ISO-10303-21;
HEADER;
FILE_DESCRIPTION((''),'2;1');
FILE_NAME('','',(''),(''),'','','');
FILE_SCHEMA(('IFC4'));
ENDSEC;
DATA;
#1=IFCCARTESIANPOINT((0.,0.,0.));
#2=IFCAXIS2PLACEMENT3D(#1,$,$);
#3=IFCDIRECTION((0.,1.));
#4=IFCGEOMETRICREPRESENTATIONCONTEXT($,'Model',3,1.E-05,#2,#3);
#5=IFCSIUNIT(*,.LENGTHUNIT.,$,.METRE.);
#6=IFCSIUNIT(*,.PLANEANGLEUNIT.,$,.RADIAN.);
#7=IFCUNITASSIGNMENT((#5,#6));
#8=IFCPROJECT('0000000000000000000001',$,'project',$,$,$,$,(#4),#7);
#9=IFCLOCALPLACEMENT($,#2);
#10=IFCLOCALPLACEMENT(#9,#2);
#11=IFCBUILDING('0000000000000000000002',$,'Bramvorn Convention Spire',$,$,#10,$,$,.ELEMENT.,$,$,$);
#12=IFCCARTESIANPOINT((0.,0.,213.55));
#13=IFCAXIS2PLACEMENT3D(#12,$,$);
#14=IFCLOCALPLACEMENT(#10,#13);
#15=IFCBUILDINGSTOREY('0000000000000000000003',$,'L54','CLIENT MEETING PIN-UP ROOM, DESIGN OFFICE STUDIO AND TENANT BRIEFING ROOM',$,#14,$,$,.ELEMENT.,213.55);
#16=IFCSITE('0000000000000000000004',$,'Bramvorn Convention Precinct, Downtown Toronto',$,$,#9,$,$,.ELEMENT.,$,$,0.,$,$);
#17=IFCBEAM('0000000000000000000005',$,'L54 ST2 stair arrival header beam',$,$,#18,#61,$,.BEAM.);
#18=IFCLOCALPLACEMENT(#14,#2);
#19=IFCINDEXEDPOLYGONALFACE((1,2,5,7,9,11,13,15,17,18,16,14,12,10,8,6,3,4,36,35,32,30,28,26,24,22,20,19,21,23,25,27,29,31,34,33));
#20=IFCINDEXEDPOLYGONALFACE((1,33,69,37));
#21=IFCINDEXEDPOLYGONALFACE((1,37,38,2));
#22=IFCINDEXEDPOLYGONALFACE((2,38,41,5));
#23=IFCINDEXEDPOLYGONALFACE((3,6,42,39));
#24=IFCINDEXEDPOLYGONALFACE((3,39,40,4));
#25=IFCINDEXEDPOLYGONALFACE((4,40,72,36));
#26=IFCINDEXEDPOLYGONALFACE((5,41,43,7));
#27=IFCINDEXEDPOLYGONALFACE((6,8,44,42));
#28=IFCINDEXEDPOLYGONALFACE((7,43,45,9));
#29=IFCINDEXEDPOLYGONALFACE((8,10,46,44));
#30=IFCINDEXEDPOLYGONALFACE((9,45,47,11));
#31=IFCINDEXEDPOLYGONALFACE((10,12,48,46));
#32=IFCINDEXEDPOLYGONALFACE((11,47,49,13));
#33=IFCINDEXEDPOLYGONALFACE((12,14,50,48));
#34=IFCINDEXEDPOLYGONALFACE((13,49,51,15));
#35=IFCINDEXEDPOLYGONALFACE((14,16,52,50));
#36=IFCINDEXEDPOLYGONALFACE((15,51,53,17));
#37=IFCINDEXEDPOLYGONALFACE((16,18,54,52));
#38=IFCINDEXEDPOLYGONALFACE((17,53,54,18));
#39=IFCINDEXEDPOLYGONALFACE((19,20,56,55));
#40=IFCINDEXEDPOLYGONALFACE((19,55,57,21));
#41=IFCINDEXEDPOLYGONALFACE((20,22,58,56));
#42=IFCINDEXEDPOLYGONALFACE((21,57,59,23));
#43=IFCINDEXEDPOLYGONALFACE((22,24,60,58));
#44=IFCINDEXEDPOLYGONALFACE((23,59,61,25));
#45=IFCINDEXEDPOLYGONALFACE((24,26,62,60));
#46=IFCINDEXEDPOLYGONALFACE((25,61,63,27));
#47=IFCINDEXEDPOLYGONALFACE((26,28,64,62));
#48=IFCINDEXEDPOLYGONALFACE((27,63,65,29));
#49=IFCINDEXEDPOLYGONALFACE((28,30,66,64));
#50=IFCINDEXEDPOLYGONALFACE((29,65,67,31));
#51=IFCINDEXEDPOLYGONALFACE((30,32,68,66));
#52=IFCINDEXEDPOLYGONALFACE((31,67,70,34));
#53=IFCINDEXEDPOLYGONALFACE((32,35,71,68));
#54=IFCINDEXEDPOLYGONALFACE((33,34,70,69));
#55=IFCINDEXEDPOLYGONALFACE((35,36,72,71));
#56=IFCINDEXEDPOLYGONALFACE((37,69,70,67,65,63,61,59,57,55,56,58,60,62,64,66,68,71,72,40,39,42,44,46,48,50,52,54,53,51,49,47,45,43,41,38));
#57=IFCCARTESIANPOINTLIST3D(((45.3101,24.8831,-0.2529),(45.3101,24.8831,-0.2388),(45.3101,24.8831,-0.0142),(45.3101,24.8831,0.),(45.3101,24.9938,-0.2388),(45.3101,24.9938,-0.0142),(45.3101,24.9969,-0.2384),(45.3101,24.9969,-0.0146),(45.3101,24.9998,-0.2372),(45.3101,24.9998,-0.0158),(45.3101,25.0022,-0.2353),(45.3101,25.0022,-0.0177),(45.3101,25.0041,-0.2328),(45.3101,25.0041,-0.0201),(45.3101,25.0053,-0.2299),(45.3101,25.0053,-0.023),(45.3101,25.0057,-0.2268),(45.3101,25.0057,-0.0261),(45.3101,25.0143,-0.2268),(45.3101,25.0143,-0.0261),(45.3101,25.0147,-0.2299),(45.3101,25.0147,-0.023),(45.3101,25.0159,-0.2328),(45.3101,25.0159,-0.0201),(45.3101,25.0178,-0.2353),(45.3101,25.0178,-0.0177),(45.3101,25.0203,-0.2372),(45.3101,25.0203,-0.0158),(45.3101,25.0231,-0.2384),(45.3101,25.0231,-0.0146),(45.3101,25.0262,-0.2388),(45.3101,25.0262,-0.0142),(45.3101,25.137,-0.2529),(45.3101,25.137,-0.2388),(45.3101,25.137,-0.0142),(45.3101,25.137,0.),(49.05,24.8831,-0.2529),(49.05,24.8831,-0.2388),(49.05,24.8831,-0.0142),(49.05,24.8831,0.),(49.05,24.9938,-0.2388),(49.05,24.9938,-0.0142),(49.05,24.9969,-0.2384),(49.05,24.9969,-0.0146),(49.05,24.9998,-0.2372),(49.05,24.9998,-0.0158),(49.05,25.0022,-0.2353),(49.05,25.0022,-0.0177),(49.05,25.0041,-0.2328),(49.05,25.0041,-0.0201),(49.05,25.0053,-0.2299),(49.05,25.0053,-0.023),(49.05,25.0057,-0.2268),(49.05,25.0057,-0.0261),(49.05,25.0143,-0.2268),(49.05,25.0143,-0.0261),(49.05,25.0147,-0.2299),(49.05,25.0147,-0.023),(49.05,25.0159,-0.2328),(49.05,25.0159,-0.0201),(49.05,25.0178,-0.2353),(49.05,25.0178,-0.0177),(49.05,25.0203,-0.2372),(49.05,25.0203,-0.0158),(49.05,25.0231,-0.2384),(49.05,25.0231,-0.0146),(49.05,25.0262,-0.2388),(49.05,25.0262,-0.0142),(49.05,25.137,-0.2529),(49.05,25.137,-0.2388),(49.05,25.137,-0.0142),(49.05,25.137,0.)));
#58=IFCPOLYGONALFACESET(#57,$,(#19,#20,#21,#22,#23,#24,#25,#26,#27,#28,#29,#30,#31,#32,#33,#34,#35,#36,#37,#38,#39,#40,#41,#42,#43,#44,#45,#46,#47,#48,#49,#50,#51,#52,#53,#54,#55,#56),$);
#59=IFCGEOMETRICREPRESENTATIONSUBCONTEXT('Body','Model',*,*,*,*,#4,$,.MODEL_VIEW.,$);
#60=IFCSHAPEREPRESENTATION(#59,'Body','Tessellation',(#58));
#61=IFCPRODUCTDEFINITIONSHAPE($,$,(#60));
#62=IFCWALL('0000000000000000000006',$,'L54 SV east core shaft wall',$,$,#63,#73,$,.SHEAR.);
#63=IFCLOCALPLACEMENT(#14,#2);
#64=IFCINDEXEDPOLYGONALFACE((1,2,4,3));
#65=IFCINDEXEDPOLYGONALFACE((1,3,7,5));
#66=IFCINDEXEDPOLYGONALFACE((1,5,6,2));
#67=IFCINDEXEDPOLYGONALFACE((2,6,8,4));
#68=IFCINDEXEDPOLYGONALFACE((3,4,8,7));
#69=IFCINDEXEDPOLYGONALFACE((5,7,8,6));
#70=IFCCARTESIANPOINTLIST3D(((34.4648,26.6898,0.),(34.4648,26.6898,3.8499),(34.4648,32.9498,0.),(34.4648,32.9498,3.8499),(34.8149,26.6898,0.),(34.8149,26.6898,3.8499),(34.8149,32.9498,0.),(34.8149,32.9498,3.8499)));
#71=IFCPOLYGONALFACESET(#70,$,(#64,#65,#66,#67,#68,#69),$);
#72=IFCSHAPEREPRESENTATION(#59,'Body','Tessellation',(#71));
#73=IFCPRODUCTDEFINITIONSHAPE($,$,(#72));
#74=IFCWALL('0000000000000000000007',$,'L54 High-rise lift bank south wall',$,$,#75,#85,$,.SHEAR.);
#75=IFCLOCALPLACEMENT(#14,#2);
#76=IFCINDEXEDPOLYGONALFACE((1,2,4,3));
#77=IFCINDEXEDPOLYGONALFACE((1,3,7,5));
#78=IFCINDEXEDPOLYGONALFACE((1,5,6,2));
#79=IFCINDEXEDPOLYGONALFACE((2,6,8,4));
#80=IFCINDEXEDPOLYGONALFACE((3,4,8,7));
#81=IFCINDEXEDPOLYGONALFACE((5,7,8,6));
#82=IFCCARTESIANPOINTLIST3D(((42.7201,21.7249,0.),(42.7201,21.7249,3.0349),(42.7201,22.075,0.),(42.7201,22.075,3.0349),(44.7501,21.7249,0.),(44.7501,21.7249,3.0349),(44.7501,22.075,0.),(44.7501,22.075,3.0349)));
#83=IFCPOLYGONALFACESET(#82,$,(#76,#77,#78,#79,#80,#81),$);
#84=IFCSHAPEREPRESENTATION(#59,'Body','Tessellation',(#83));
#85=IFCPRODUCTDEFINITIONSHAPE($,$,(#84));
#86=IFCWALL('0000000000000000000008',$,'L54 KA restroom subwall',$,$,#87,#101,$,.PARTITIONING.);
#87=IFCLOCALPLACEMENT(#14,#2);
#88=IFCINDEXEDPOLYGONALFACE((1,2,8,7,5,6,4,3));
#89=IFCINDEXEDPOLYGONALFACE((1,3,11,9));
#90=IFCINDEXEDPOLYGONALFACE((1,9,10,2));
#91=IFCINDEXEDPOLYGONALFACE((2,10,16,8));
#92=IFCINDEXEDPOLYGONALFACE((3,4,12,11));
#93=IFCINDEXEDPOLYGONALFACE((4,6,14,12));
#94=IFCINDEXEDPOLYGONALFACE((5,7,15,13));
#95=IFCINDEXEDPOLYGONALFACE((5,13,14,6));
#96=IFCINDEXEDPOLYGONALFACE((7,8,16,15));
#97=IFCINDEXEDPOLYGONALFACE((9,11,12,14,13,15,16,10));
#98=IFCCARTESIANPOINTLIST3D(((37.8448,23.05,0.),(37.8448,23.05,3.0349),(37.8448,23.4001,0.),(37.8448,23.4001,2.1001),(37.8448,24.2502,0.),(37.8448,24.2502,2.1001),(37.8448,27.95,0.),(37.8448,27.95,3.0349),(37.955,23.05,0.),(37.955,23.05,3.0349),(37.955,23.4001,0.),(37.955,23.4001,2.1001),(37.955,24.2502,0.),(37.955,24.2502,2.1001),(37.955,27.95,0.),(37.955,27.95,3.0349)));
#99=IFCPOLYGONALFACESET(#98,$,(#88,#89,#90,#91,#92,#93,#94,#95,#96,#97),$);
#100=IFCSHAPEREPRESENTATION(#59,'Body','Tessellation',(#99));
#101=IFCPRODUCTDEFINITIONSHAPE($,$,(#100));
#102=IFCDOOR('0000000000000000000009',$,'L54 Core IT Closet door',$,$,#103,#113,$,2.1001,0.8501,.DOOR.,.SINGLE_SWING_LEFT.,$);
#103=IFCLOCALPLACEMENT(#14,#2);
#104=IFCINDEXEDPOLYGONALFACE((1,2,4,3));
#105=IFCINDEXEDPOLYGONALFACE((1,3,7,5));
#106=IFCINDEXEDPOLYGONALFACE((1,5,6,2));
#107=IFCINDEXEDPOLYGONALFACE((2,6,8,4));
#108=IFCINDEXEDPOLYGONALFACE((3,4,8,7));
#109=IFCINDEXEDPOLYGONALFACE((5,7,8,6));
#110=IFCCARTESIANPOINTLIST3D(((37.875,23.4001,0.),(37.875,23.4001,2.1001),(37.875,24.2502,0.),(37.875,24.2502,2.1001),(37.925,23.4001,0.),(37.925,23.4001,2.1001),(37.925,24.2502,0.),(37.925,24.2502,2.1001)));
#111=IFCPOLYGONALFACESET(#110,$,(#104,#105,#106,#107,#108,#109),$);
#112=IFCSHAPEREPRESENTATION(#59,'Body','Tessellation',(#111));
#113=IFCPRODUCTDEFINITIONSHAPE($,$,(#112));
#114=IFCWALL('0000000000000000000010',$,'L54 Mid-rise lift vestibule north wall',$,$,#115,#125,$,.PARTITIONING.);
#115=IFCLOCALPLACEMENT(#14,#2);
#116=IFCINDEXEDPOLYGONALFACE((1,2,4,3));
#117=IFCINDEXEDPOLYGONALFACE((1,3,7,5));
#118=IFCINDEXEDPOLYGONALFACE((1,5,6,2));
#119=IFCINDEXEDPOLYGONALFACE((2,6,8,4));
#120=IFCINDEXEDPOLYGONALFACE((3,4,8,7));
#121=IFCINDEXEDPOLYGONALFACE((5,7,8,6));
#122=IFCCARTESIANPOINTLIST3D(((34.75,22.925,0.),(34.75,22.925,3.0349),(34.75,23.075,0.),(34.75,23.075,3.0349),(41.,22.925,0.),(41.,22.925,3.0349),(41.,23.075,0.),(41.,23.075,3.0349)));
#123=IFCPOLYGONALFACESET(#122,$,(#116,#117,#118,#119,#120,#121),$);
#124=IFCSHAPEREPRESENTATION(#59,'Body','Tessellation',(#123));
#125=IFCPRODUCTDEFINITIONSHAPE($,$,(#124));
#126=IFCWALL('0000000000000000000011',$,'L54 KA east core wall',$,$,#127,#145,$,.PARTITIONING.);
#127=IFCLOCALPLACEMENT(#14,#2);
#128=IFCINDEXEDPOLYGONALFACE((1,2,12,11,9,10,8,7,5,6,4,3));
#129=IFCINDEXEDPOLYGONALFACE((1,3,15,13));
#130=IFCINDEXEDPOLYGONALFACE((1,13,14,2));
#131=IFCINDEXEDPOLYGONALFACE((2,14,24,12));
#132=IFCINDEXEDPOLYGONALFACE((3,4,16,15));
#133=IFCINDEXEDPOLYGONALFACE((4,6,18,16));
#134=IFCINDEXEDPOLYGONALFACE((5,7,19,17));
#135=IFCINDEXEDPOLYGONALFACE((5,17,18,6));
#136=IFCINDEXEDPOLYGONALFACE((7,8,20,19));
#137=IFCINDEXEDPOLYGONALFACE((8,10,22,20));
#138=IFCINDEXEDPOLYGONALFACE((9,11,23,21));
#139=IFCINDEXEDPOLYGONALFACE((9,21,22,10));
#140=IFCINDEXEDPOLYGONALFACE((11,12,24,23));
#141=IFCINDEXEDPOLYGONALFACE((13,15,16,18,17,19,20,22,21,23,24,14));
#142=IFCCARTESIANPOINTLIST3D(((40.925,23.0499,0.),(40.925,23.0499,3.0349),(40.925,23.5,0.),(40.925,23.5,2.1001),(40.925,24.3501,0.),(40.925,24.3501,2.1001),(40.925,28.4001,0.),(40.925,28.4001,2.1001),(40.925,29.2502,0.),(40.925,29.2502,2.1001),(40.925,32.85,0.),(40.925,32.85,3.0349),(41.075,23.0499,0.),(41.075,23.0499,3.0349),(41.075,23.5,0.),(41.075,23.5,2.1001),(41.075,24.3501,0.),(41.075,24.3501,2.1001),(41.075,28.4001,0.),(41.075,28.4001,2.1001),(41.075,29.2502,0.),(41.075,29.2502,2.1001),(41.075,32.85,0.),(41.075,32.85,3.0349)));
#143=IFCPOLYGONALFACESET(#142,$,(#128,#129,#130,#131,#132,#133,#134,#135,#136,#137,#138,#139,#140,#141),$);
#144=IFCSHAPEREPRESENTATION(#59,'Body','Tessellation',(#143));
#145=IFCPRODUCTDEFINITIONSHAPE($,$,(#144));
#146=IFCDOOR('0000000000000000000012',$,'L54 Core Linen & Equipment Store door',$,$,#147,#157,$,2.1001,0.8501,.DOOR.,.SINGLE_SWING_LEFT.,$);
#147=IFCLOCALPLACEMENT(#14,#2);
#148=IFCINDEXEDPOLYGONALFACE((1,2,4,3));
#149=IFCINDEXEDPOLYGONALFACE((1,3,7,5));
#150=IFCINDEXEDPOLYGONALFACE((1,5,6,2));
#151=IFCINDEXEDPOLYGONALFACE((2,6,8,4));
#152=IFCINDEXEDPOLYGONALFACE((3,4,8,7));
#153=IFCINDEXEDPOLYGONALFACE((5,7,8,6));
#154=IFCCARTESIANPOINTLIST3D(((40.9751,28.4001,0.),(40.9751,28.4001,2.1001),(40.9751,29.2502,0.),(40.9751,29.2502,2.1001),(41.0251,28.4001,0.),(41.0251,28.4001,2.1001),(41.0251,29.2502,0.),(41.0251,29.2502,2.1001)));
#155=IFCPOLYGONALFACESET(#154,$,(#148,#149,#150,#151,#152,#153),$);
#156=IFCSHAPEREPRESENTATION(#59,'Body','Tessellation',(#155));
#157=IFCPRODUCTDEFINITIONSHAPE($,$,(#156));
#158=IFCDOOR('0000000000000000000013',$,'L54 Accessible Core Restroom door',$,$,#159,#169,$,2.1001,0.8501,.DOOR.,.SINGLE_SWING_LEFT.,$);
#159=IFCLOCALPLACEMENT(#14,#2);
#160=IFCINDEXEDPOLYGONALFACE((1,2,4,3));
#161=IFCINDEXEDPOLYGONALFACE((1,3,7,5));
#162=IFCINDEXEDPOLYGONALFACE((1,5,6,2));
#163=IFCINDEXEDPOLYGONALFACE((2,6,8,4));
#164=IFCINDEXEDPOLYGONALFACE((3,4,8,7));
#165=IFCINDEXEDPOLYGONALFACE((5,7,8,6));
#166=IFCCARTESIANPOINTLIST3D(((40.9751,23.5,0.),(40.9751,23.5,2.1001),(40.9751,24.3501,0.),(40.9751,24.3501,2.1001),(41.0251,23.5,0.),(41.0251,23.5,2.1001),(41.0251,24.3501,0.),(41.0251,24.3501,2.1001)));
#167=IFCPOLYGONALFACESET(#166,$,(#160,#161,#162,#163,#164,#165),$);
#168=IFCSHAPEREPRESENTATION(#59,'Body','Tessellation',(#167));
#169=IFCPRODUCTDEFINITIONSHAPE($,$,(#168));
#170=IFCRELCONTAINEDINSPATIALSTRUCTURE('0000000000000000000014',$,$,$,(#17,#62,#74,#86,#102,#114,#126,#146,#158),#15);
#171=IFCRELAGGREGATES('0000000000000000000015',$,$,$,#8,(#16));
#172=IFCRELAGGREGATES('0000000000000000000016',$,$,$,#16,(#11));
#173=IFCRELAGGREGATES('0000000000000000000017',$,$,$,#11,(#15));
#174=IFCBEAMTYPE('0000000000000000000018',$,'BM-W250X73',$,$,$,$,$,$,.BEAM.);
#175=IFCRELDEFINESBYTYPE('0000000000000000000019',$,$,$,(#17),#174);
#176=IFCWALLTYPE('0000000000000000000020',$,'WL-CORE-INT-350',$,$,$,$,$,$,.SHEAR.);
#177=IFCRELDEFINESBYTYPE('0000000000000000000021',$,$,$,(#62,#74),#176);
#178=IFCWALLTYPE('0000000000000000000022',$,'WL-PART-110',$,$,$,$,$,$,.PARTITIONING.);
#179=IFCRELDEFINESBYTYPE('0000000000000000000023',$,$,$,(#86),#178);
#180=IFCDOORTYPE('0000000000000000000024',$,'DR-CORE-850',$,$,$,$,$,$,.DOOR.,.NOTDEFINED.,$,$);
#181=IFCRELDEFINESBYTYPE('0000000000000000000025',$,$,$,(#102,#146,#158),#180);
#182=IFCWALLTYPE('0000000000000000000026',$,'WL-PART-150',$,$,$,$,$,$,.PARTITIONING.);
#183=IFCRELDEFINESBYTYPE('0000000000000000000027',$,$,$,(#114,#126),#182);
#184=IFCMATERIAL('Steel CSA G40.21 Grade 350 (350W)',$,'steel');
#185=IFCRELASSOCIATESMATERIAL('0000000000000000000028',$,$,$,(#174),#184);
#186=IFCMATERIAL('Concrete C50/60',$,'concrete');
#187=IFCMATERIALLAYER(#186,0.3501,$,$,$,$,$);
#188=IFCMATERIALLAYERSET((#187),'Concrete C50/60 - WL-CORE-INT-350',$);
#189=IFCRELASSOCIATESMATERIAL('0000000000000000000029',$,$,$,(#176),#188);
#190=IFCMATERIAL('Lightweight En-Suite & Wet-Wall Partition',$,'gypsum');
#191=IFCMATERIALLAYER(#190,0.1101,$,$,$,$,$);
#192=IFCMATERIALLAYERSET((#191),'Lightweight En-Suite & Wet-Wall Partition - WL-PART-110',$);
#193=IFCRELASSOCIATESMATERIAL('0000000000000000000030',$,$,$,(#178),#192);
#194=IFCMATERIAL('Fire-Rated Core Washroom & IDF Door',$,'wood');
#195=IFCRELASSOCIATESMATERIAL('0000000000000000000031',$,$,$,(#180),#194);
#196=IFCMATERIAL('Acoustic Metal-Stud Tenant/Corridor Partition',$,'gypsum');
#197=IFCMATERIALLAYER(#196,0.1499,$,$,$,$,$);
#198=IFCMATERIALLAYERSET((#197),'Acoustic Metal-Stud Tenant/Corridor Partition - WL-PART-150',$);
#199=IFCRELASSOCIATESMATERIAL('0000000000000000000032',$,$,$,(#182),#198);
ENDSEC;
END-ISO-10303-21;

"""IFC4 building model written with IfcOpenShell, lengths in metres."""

from ifc_helpers import new_model, si_unit, direction, frame, frame_2d, origin, origin_2d, place, context, subcontext, project, spatial, rectangle, i_section, extrude, material, layer, layer_set, material_profile, profile_set, type_object, element, fill, save


model = new_model("IFC4")

# Units and contexts
model_context = context("Model", 3, precision=1e-05, world=origin(), true_north=direction((0.0, 1.0)))
body_context = subcontext(model_context, "Body", "Model", "MODEL_VIEW")
ifc_project = project(units=[si_unit("LENGTHUNIT", "METRE"), si_unit("PLANEANGLEUNIT", "RADIAN")], contexts=[model_context])

# Site, building, storey
site_placement = place(None, origin())
site = spatial("IfcSite", under=ifc_project, at=site_placement, Name="Bramvorn Convention Precinct, Downtown Toronto", CompositionType="ELEMENT", RefElevation=0.0)
building_placement = place(site_placement, origin())
building = spatial("IfcBuilding", under=site, at=building_placement, Name="Bramvorn Convention Spire", CompositionType="ELEMENT")
storey_placement = place(building_placement, frame((0.0, 0.0, 213.55)))
storey = spatial("IfcBuildingStorey", under=building, at=storey_placement, Name="L54", Description="CLIENT MEETING PIN-UP ROOM, DESIGN OFFICE STUDIO AND TENANT BRIEFING ROOM", CompositionType="ELEMENT", Elevation=213.55)

# Beam
ifc_material_1 = material(Name="Steel CSA G40.21 Grade 350 (350W)", Category="steel")
ifc_material_profile = material_profile(ifc_material_1, i_section(OverallWidth=0.2539, OverallDepth=0.2529, WebThickness=0.0085, FlangeThickness=0.0142, FilletRadius=0.012, at=origin_2d()))
ifc_profile_set = profile_set([ifc_material_profile], Name="Steel CSA G40.21 Grade 350 (350W) - W250X73")
beam_type = type_object("IfcBeamType", Name="BM-W250X73", PredefinedType="BEAM", material=ifc_profile_set)
beam_placement = place(storey_placement, frame((45.3101, 25.01, -0.1265), z_axis=(1.0, 0.0, 0.0), x_axis=(0.0, 1.0, 0.0)))
element("IfcBeam", 1, at=beam_placement, inside=storey, type_object=beam_type, Name="L54 ST2 stair arrival header beam", PredefinedType="BEAM", context=body_context, shape_type="SweptSolid", body=[
    extrude(i_section(OverallWidth=0.2539, OverallDepth=0.2529, WebThickness=0.0085, FlangeThickness=0.0142, FilletRadius=0.012, at=origin_2d()), origin(), (0.0, 0.0, 1.0), 3.74),
])

# Walls
ifc_material_2 = material(Name="Concrete C50/60", Category="concrete")
ifc_layer_1 = layer(ifc_material_2, 0.3501)
ifc_layer_set_1 = layer_set([ifc_layer_1], Name="Concrete C50/60 - WL-CORE-INT-350")
wall_type_1 = type_object("IfcWallType", Name="WL-CORE-INT-350", PredefinedType="SHEAR", material=ifc_layer_set_1)
wall_1_placement = place(storey_placement, frame((34.6399, 26.6899, 0.0), z_axis=(0.0, 0.0, 1.0), x_axis=(0.0, 1.0, 0.0)))
element("IfcWall", 2, at=wall_1_placement, inside=storey, type_object=wall_type_1, Name="L54 SV east core shaft wall", PredefinedType="SHEAR", context=body_context, shape_type="SweptSolid", body=[
    extrude(rectangle(XDim=6.26, YDim=0.3501, at=frame_2d((3.1299, 0.0))), origin(), (0.0, 0.0, 1.0), 3.8499),
])
wall_2_placement = place(storey_placement, frame((42.72, 21.8999, 0.0), z_axis=(0.0, 0.0, 1.0), x_axis=(1.0, 0.0, 0.0)))
element("IfcWall", 3, at=wall_2_placement, inside=storey, type_object=wall_type_1, Name="L54 High-rise lift bank south wall", PredefinedType="SHEAR", context=body_context, shape_type="SweptSolid", body=[
    extrude(rectangle(XDim=2.03, YDim=0.3501, at=frame_2d((1.0151, 0.0))), origin(), (0.0, 0.0, 1.0), 3.0349),
])

# Wall, opening, door
ifc_material_3 = material(Name="Lightweight En-Suite & Wet-Wall Partition", Category="gypsum")
ifc_layer_2 = layer(ifc_material_3, 0.1101)
ifc_layer_set_2 = layer_set([ifc_layer_2], Name="Lightweight En-Suite & Wet-Wall Partition - WL-PART-110")
wall_type_2 = type_object("IfcWallType", Name="WL-PART-110", PredefinedType="PARTITIONING", material=ifc_layer_set_2)
wall_3_placement = place(storey_placement, frame((37.8999, 23.05, 0.0), z_axis=(0.0, 0.0, 1.0), x_axis=(0.0, 1.0, 0.0)))
wall_3 = element("IfcWall", 4, at=wall_3_placement, inside=storey, type_object=wall_type_2, Name="L54 KA restroom subwall", PredefinedType="PARTITIONING", context=body_context, shape_type="SweptSolid", body=[
    extrude(rectangle(XDim=4.8999, YDim=0.1101, at=frame_2d((2.45, 0.0))), origin(), (0.0, 0.0, 1.0), 3.0349),
])
opening_1_placement = place(wall_3_placement, frame((0.3501, 0.0, 0.0)))
opening_1 = element("IfcOpeningElement", 5, at=opening_1_placement, cuts=wall_3, PredefinedType="OPENING", context=body_context, shape_type="SweptSolid", body=[
    extrude(rectangle(XDim=0.8501, YDim=2.1001, at=frame_2d((0.425, 1.05))), frame((0.0, 0.0649, 0.0), z_axis=(0.0, -1.0, 0.0), x_axis=(1.0, 0.0, 0.0)), (0.0, 0.0, 1.0), 0.1301),
])
ifc_material_4 = material(Name="Fire-Rated Core Washroom & IDF Door", Category="wood")
door_type_1 = type_object("IfcDoorType", Name="DR-CORE-850", OperationType="NOTDEFINED", PredefinedType="DOOR", material=ifc_material_4)
door_1_placement = place(opening_1_placement, origin())
door_1 = element("IfcDoor", 6, at=door_1_placement, inside=storey, type_object=door_type_1, Name="L54 Core IT Closet door", OperationType="SINGLE_SWING_LEFT", OverallHeight=2.1001, OverallWidth=0.8501, PredefinedType="DOOR", context=body_context, shape_type="SweptSolid", body=[
    extrude(rectangle(XDim=0.8501, YDim=2.1001, at=frame_2d((0.425, 1.05))), frame((0.0, 0.0249, 0.0), z_axis=(0.0, -1.0, 0.0), x_axis=(1.0, 0.0, 0.0)), (0.0, 0.0, 1.0), 0.05),
])
fill(opening_1, door_1)

# Wall
ifc_material_5 = material(Name="Acoustic Metal-Stud Tenant/Corridor Partition", Category="gypsum")
ifc_layer_3 = layer(ifc_material_5, 0.1499)
ifc_layer_set_3 = layer_set([ifc_layer_3], Name="Acoustic Metal-Stud Tenant/Corridor Partition - WL-PART-150")
wall_type_3 = type_object("IfcWallType", Name="WL-PART-150", PredefinedType="PARTITIONING", material=ifc_layer_set_3)
wall_4_placement = place(storey_placement, frame((34.75, 23.0, 0.0), z_axis=(0.0, 0.0, 1.0), x_axis=(1.0, 0.0, 0.0)))
element("IfcWall", 7, at=wall_4_placement, inside=storey, type_object=wall_type_3, Name="L54 Mid-rise lift vestibule north wall", PredefinedType="PARTITIONING", context=body_context, shape_type="SweptSolid", body=[
    extrude(rectangle(XDim=6.25, YDim=0.1499, at=frame_2d((3.125, 0.0))), origin(), (0.0, 0.0, 1.0), 3.0349),
])

# Wall, openings, doors
wall_5_placement = place(storey_placement, frame((41.0, 23.05, 0.0), z_axis=(0.0, 0.0, 1.0), x_axis=(0.0, 1.0, 0.0)))
wall_5 = element("IfcWall", 8, at=wall_5_placement, inside=storey, type_object=wall_type_3, Name="L54 KA east core wall", PredefinedType="PARTITIONING", context=body_context, shape_type="SweptSolid", body=[
    extrude(rectangle(XDim=9.8, YDim=0.1499, at=frame_2d((4.8999, 0.0))), origin(), (0.0, 0.0, 1.0), 3.0349),
])
opening_2_placement = place(wall_5_placement, frame((5.3501, 0.0, 0.0)))
opening_2 = element("IfcOpeningElement", 9, at=opening_2_placement, cuts=wall_5, PredefinedType="OPENING", context=body_context, shape_type="SweptSolid", body=[
    extrude(rectangle(XDim=0.8501, YDim=2.1001, at=frame_2d((0.425, 1.05))), frame((0.0, 0.085, 0.0), z_axis=(0.0, -1.0, 0.0), x_axis=(1.0, 0.0, 0.0)), (0.0, 0.0, 1.0), 0.1699),
])
opening_3_placement = place(wall_5_placement, frame((0.45, 0.0, 0.0)))
opening_3 = element("IfcOpeningElement", 10, at=opening_3_placement, cuts=wall_5, PredefinedType="OPENING", context=body_context, shape_type="SweptSolid", body=[
    extrude(rectangle(XDim=0.8501, YDim=2.1001, at=frame_2d((0.425, 1.05))), frame((0.0, 0.085, 0.0), z_axis=(0.0, -1.0, 0.0), x_axis=(1.0, 0.0, 0.0)), (0.0, 0.0, 1.0), 0.1699),
])
door_2_placement = place(opening_2_placement, origin())
door_2 = element("IfcDoor", 11, at=door_2_placement, inside=storey, type_object=door_type_1, Name="L54 Core Linen & Equipment Store door", OperationType="SINGLE_SWING_LEFT", OverallHeight=2.1001, OverallWidth=0.8501, PredefinedType="DOOR", context=body_context, shape_type="SweptSolid", body=[
    extrude(rectangle(XDim=0.8501, YDim=2.1001, at=frame_2d((0.425, 1.05))), frame((0.0, 0.0249, 0.0), z_axis=(0.0, -1.0, 0.0), x_axis=(1.0, 0.0, 0.0)), (0.0, 0.0, 1.0), 0.05),
])
fill(opening_2, door_2)
door_3_placement = place(opening_3_placement, origin())
door_3 = element("IfcDoor", 12, at=door_3_placement, inside=storey, type_object=door_type_1, Name="L54 Accessible Core Restroom door", OperationType="SINGLE_SWING_LEFT", OverallHeight=2.1001, OverallWidth=0.8501, PredefinedType="DOOR", context=body_context, shape_type="SweptSolid", body=[
    extrude(rectangle(XDim=0.8501, YDim=2.1001, at=frame_2d((0.425, 1.05))), frame((0.0, 0.0249, 0.0), z_axis=(0.0, -1.0, 0.0), x_axis=(1.0, 0.0, 0.0)), (0.0, 0.0, 1.0), 0.05),
])
fill(opening_3, door_3)

save(model, "model.ifc")
